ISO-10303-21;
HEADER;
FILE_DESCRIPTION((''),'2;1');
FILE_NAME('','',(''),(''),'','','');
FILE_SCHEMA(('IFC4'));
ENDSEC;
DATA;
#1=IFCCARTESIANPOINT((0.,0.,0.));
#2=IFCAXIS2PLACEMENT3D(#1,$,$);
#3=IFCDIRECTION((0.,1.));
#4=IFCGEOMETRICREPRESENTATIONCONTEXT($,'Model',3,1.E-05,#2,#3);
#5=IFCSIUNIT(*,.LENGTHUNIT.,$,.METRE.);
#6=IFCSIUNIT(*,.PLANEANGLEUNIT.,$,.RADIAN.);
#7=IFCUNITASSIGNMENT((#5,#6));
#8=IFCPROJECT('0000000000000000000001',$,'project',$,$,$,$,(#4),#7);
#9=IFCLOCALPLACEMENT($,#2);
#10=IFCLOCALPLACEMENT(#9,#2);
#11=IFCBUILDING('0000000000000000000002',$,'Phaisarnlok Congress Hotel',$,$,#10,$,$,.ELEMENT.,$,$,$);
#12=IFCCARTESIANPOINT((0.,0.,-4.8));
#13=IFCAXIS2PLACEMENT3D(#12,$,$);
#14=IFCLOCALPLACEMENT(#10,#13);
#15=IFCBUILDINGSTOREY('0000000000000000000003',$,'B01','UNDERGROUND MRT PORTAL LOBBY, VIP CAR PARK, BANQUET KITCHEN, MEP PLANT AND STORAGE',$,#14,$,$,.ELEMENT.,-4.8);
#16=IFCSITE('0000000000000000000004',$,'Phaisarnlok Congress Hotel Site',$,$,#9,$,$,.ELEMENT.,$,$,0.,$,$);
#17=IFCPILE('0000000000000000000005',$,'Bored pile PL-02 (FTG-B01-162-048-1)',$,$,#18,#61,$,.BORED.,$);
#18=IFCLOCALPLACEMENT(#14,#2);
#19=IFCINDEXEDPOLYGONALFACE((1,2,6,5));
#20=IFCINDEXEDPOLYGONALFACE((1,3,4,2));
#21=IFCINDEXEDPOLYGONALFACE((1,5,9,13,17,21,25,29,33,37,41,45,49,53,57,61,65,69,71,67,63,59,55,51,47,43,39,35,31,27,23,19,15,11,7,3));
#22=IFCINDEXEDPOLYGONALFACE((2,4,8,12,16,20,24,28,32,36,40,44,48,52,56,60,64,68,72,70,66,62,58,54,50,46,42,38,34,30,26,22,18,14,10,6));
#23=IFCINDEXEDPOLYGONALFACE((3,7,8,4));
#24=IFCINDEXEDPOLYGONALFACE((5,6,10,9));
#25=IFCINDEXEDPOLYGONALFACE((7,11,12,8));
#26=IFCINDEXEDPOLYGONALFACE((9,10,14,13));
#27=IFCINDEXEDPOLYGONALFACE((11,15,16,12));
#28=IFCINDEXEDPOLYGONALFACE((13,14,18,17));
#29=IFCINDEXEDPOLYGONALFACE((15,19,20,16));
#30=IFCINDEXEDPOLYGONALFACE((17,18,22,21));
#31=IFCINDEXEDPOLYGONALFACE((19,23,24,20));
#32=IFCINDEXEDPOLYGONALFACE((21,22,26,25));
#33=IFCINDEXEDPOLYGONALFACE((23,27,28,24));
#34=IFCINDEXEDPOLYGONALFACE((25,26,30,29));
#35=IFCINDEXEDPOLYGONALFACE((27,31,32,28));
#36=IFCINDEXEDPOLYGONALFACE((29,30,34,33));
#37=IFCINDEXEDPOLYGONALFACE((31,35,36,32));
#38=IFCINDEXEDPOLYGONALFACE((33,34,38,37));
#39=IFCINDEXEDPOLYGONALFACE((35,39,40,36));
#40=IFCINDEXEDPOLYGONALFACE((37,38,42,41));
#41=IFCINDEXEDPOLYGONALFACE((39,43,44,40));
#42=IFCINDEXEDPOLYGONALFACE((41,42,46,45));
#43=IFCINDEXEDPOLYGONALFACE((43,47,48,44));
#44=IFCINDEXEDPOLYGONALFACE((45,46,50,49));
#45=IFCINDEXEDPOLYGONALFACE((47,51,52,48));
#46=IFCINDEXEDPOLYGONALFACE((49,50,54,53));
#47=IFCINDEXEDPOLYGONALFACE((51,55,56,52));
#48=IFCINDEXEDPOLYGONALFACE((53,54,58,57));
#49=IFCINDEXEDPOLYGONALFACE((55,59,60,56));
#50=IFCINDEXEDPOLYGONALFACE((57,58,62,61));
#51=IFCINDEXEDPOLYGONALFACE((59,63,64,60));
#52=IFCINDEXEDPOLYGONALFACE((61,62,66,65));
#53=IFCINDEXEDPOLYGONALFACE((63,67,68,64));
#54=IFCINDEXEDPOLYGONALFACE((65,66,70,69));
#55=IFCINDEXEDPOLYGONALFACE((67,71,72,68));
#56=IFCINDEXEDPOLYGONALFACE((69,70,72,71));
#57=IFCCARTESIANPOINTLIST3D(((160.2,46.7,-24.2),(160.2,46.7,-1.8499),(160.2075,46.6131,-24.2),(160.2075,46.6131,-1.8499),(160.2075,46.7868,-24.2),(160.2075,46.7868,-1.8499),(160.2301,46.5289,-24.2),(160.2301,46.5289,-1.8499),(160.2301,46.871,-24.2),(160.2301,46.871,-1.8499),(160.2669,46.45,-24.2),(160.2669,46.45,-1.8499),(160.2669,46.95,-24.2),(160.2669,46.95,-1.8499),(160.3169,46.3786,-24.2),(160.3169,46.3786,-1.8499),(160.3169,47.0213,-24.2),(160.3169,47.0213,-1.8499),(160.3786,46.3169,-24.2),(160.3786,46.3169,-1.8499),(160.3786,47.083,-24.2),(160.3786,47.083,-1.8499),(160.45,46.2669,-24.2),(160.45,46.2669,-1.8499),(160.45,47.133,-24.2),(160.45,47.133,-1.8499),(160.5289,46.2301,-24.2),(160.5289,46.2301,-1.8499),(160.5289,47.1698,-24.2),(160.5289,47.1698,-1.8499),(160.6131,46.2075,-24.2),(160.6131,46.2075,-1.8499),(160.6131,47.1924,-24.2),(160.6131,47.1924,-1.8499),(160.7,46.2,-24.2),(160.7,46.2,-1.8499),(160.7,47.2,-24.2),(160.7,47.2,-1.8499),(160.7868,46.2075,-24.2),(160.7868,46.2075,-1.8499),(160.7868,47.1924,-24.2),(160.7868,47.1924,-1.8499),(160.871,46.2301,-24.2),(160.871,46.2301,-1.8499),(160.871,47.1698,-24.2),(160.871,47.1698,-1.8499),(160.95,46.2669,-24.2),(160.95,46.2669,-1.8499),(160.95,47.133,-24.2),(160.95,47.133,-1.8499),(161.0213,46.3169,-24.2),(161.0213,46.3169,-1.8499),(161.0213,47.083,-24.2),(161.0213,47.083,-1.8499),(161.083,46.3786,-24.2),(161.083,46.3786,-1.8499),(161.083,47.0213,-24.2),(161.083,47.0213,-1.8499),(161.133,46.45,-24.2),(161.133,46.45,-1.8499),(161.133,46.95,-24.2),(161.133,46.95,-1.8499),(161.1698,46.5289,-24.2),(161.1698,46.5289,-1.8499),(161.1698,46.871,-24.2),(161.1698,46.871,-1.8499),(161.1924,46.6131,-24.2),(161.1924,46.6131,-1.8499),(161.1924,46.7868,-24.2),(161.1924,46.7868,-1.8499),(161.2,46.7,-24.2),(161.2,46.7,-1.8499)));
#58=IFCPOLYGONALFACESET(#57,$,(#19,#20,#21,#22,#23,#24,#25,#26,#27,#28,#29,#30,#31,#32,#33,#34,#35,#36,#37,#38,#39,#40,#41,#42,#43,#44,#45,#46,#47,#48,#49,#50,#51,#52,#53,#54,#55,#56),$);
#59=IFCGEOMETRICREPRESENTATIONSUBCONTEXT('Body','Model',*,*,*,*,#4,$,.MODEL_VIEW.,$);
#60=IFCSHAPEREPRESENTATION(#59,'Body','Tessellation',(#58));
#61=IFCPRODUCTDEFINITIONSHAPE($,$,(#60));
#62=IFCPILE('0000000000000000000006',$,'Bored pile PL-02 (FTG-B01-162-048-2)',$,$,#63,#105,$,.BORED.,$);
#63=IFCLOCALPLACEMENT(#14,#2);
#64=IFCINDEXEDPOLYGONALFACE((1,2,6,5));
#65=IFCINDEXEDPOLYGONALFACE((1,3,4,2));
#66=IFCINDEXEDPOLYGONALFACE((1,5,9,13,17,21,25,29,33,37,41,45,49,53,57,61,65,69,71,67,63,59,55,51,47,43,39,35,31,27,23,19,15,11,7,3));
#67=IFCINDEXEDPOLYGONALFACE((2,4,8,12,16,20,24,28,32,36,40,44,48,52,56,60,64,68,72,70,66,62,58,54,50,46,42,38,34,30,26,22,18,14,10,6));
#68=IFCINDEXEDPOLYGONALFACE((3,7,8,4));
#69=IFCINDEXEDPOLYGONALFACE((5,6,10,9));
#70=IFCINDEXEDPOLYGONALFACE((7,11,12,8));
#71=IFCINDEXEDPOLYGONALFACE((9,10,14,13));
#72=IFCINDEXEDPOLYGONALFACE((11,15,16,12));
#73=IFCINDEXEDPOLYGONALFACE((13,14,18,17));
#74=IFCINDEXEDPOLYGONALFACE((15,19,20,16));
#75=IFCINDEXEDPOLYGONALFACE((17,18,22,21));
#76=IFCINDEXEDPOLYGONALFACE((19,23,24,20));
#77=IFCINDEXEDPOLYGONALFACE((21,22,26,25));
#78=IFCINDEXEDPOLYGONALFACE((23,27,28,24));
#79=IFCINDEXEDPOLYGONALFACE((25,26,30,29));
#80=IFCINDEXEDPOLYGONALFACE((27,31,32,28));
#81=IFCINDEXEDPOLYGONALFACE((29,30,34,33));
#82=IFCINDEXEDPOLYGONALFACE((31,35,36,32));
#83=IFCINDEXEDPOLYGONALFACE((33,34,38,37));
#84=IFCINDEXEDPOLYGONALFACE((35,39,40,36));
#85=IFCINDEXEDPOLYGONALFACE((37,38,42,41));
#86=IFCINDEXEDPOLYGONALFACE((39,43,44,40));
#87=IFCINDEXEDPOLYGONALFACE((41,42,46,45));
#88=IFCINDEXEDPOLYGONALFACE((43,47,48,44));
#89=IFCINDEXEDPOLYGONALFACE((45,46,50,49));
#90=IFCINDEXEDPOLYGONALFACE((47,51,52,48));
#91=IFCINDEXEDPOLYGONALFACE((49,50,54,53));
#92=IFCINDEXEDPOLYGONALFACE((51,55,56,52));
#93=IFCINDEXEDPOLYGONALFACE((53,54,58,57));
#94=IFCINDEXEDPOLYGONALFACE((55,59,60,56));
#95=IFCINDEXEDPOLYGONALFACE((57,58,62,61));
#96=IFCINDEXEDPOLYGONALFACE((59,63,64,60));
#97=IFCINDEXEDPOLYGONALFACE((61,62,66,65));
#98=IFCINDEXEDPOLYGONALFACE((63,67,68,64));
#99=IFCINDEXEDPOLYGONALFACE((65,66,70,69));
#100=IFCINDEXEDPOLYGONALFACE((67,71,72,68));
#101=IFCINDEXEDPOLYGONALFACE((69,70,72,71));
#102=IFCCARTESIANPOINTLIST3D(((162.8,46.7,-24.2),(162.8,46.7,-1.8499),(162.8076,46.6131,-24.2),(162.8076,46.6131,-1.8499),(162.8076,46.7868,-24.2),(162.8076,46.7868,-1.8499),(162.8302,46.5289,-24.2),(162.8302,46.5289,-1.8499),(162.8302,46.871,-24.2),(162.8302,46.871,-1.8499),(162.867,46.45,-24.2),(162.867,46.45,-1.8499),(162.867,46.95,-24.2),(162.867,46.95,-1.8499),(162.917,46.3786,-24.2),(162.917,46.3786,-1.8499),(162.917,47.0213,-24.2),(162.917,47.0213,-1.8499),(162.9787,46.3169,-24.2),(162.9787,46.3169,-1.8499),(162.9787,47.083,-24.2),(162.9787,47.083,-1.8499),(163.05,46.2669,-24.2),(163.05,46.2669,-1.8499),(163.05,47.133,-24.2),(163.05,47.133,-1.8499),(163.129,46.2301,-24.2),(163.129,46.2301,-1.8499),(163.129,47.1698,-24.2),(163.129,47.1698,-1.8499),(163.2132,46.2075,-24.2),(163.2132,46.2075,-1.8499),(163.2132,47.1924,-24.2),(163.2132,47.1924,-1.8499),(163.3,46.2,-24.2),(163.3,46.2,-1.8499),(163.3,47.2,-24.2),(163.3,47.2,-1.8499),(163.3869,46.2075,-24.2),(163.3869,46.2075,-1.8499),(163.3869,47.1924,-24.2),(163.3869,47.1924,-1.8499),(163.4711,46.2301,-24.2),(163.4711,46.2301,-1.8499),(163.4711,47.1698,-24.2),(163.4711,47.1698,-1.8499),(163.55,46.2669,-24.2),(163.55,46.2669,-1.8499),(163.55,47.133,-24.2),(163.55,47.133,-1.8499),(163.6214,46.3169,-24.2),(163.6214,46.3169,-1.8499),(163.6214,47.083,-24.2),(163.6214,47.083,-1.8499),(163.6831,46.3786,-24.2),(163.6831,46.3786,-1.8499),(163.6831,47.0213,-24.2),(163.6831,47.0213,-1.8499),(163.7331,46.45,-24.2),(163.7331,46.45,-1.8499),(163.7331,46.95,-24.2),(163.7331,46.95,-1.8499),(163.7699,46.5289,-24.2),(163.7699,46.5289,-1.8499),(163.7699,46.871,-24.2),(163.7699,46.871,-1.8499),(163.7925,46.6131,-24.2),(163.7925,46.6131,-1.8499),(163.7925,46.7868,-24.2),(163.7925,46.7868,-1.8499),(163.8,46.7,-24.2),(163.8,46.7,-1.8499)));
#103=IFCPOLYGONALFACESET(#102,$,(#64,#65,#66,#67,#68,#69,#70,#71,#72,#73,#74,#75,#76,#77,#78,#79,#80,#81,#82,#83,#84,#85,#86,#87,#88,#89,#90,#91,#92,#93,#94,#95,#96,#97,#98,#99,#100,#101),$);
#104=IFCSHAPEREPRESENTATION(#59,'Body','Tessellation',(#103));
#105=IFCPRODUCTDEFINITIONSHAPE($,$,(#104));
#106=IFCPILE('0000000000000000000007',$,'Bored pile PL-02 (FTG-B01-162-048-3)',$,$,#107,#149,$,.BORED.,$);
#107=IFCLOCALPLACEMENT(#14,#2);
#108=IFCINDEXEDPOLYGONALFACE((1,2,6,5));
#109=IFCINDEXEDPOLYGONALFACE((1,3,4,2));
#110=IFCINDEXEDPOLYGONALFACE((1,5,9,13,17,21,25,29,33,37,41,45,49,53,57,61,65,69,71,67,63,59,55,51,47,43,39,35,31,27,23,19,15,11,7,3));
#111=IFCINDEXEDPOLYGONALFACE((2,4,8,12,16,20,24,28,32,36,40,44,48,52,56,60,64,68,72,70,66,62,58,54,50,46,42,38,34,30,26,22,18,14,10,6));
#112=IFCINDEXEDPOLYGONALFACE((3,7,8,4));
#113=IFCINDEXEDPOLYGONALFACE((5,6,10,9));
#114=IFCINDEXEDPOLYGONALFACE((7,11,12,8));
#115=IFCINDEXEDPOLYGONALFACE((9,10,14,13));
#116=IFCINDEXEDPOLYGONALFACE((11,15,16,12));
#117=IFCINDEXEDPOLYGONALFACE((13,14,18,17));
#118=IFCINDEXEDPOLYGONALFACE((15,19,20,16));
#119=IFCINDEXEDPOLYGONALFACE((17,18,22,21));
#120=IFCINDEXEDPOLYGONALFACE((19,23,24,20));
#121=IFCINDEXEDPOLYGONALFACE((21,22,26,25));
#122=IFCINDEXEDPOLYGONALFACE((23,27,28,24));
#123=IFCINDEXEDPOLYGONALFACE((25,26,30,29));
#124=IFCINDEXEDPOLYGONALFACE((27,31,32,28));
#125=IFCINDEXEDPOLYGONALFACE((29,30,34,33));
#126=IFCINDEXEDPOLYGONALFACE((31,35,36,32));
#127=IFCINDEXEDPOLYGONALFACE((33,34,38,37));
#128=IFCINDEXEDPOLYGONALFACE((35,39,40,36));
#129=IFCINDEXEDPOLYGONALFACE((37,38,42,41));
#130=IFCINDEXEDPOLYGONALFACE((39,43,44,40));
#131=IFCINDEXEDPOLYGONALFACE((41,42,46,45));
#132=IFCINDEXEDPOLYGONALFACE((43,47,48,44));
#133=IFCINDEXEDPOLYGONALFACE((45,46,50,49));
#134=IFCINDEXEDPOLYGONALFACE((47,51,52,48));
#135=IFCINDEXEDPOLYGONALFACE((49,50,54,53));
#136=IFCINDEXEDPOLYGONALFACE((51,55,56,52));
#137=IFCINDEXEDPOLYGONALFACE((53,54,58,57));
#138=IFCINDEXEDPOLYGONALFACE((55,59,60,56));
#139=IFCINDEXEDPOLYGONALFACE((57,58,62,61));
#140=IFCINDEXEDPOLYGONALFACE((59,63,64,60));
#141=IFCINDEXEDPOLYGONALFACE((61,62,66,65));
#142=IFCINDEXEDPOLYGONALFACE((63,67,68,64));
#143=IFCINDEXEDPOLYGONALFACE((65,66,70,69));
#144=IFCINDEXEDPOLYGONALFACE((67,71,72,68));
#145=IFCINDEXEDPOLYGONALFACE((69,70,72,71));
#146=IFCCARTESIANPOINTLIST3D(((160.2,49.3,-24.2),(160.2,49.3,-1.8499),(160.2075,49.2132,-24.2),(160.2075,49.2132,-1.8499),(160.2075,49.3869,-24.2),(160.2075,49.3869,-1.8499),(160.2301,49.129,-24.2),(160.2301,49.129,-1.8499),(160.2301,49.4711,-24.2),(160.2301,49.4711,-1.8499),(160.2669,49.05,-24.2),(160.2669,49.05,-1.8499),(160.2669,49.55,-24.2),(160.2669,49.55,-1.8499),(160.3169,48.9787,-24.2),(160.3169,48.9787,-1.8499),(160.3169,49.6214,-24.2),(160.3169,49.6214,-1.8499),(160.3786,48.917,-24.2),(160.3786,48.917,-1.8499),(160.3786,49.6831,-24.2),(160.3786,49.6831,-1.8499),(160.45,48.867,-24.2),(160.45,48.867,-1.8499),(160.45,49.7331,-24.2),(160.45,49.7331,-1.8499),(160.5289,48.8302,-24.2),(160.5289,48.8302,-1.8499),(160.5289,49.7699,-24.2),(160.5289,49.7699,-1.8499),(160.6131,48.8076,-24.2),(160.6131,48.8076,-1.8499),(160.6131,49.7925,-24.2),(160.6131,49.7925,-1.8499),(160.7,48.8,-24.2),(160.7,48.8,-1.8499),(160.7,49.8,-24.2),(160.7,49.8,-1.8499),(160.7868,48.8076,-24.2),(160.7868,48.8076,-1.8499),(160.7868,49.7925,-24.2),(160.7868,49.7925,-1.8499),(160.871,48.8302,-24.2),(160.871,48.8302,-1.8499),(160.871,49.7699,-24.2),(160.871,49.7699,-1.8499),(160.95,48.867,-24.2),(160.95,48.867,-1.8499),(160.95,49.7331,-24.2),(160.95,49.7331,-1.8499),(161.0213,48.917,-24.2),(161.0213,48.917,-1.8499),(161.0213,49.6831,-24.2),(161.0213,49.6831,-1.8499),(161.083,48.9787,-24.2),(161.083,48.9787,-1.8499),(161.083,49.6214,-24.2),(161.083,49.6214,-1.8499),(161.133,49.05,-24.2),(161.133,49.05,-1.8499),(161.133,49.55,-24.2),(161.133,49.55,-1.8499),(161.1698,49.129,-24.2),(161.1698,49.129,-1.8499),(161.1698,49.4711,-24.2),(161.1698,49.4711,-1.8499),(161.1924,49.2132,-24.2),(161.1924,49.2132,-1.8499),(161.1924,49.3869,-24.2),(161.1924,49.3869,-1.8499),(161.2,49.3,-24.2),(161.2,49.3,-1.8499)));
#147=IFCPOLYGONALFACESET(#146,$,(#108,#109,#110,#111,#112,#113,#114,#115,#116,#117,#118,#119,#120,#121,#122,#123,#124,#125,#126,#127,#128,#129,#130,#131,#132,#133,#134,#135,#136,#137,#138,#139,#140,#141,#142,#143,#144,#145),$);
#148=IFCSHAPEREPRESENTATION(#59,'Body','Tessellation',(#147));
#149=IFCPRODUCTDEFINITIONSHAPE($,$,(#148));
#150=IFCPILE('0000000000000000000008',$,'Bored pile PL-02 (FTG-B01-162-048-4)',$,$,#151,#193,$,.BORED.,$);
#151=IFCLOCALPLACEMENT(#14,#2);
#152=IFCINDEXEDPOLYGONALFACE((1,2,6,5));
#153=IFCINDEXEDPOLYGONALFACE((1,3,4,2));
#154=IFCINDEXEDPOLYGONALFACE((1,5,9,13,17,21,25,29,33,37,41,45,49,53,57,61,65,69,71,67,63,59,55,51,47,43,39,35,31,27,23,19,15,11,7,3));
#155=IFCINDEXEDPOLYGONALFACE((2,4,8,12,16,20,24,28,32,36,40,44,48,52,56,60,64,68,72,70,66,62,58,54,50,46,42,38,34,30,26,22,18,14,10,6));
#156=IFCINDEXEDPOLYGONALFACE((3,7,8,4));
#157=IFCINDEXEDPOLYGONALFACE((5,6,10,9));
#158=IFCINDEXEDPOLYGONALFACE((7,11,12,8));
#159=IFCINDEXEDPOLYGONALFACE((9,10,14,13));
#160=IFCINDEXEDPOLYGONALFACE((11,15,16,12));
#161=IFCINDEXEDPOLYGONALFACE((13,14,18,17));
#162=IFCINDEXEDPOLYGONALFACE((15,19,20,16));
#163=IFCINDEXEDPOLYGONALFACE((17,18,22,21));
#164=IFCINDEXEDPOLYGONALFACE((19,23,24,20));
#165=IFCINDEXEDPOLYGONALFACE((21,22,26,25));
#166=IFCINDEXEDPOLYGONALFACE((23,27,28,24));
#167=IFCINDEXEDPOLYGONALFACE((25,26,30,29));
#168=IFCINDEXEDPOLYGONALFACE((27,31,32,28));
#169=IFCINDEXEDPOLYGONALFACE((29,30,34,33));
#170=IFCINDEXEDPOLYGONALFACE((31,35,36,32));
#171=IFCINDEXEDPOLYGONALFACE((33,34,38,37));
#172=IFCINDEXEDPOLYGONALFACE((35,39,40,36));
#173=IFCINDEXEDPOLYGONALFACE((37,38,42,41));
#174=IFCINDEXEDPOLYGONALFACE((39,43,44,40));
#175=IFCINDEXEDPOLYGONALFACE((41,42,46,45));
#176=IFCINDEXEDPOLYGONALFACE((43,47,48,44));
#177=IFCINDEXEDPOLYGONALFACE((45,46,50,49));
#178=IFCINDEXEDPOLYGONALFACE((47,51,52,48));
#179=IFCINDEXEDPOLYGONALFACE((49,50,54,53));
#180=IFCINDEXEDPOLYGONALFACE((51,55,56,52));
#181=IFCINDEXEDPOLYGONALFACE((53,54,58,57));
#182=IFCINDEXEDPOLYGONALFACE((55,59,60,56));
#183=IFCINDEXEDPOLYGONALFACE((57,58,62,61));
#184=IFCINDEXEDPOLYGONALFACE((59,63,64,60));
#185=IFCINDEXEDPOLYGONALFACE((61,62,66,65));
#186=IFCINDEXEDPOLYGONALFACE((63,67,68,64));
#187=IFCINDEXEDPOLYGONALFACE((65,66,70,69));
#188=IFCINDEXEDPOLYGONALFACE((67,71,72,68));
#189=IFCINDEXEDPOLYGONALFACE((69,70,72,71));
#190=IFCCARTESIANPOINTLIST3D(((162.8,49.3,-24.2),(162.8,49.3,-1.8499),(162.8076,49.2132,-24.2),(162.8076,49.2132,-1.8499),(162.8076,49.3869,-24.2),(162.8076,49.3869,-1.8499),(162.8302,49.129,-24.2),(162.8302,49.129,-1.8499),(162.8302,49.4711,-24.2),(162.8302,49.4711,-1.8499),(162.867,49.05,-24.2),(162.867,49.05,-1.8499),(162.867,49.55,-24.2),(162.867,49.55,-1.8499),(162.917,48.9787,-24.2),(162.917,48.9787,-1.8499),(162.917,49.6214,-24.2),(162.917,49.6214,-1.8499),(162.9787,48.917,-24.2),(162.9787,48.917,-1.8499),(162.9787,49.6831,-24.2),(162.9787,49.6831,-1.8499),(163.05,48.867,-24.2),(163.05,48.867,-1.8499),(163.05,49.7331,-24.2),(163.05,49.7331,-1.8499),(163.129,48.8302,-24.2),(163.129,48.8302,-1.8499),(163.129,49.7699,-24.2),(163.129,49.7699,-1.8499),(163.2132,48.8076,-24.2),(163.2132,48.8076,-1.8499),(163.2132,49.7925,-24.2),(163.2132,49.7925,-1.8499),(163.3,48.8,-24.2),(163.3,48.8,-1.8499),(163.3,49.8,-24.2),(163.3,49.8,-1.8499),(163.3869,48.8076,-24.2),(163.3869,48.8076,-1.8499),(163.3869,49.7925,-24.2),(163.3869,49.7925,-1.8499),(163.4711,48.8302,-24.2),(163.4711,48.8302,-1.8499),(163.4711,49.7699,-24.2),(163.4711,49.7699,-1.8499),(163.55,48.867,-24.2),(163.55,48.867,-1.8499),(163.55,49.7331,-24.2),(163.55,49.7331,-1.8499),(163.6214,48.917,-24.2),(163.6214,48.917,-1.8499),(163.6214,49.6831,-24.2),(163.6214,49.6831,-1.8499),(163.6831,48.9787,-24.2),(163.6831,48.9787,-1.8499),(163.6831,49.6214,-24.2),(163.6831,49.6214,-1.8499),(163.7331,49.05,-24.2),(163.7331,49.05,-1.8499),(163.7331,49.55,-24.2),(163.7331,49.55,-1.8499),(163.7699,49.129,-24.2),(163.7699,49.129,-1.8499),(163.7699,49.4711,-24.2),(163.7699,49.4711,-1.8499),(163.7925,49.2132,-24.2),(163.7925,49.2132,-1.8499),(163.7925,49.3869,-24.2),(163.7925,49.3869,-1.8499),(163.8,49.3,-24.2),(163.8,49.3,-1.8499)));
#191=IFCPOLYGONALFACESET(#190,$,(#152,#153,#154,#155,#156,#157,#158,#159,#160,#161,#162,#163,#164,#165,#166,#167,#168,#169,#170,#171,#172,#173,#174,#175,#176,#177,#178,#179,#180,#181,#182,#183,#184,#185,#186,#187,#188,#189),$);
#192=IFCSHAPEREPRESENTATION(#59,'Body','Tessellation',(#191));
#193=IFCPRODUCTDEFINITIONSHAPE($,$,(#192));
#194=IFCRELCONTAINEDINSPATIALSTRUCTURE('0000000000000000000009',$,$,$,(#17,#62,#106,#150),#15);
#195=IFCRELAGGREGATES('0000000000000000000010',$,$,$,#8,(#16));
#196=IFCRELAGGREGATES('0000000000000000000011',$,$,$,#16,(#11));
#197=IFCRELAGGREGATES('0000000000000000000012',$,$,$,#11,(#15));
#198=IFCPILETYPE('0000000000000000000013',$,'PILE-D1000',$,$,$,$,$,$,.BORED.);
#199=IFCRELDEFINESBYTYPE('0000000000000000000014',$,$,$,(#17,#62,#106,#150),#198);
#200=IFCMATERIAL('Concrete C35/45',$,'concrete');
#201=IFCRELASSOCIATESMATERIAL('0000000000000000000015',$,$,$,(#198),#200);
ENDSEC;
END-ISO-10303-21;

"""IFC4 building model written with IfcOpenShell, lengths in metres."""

from ifc_helpers import new_model, si_unit, direction, frame, origin, origin_2d, place, context, subcontext, project, spatial, circle, extrude, material, material_profile, profile_set, type_object, element, save


model = new_model("IFC4")

# Units and contexts
model_context = context("Model", 3, precision=1e-05, world=origin(), true_north=direction((0.0, 1.0)))
body_context = subcontext(model_context, "Body", "Model", "MODEL_VIEW")
ifc_project = project(units=[si_unit("LENGTHUNIT", "METRE"), si_unit("PLANEANGLEUNIT", "RADIAN")], contexts=[model_context])

# Site, building, storey
site_placement = place(None, origin())
site = spatial("IfcSite", under=ifc_project, at=site_placement, Name="Phaisarnlok Congress Hotel Site", CompositionType="ELEMENT", RefElevation=0.0)
building_placement = place(site_placement, origin())
building = spatial("IfcBuilding", under=site, at=building_placement, Name="Phaisarnlok Congress Hotel", CompositionType="ELEMENT")
storey_placement = place(building_placement, frame((0.0, 0.0, -4.8)))
storey = spatial("IfcBuildingStorey", under=building, at=storey_placement, Name="B01", Description="UNDERGROUND MRT PORTAL LOBBY, VIP CAR PARK, BANQUET KITCHEN, MEP PLANT AND STORAGE", CompositionType="ELEMENT", Elevation=-4.8)

# Piles
ifc_material_1 = material(Name="Concrete C35/45", Category="concrete")
ifc_material_profile_1 = material_profile(ifc_material_1, circle(Radius=0.5, at=origin_2d()), Name="BORED PILE D1000")
ifc_profile_set_1 = profile_set([ifc_material_profile_1], Name="Concrete C35/45")
pile_type_1 = type_object("IfcPileType", Name="PILE-D1000", PredefinedType="BORED", material=ifc_profile_set_1)
for number, where, z_axis, x_axis, name in (
    (1, (160.7, 46.7, -1.8499), (0.0, 0.0, -1.0), (1.0, 0.0, 0.0), "Bored pile PL-02 (FTG-B01-162-048-1)"),
    (2, (163.3, 46.7, -1.8499), (0.0, 0.0, -1.0), (1.0, 0.0, 0.0), "Bored pile PL-02 (FTG-B01-162-048-2)"),
    (3, (160.7, 49.3, -1.8499), (0.0, 0.0, -1.0), (1.0, 0.0, 0.0), "Bored pile PL-02 (FTG-B01-162-048-3)"),
    (4, (163.3, 49.3, -1.8499), (0.0, 0.0, -1.0), (1.0, 0.0, 0.0), "Bored pile PL-02 (FTG-B01-162-048-4)"),
):
    element("IfcPile", number, at=place(storey_placement, frame(where, z_axis=z_axis, x_axis=x_axis)), inside=storey, type_object=pile_type_1, Name=name, PredefinedType="BORED", context=body_context, shape_type="SweptSolid", body=[
        extrude(circle(Radius=0.5, at=origin_2d()), origin(), (0.0, 0.0, 1.0), 22.3501),
    ])

save(model, "model.ifc")
